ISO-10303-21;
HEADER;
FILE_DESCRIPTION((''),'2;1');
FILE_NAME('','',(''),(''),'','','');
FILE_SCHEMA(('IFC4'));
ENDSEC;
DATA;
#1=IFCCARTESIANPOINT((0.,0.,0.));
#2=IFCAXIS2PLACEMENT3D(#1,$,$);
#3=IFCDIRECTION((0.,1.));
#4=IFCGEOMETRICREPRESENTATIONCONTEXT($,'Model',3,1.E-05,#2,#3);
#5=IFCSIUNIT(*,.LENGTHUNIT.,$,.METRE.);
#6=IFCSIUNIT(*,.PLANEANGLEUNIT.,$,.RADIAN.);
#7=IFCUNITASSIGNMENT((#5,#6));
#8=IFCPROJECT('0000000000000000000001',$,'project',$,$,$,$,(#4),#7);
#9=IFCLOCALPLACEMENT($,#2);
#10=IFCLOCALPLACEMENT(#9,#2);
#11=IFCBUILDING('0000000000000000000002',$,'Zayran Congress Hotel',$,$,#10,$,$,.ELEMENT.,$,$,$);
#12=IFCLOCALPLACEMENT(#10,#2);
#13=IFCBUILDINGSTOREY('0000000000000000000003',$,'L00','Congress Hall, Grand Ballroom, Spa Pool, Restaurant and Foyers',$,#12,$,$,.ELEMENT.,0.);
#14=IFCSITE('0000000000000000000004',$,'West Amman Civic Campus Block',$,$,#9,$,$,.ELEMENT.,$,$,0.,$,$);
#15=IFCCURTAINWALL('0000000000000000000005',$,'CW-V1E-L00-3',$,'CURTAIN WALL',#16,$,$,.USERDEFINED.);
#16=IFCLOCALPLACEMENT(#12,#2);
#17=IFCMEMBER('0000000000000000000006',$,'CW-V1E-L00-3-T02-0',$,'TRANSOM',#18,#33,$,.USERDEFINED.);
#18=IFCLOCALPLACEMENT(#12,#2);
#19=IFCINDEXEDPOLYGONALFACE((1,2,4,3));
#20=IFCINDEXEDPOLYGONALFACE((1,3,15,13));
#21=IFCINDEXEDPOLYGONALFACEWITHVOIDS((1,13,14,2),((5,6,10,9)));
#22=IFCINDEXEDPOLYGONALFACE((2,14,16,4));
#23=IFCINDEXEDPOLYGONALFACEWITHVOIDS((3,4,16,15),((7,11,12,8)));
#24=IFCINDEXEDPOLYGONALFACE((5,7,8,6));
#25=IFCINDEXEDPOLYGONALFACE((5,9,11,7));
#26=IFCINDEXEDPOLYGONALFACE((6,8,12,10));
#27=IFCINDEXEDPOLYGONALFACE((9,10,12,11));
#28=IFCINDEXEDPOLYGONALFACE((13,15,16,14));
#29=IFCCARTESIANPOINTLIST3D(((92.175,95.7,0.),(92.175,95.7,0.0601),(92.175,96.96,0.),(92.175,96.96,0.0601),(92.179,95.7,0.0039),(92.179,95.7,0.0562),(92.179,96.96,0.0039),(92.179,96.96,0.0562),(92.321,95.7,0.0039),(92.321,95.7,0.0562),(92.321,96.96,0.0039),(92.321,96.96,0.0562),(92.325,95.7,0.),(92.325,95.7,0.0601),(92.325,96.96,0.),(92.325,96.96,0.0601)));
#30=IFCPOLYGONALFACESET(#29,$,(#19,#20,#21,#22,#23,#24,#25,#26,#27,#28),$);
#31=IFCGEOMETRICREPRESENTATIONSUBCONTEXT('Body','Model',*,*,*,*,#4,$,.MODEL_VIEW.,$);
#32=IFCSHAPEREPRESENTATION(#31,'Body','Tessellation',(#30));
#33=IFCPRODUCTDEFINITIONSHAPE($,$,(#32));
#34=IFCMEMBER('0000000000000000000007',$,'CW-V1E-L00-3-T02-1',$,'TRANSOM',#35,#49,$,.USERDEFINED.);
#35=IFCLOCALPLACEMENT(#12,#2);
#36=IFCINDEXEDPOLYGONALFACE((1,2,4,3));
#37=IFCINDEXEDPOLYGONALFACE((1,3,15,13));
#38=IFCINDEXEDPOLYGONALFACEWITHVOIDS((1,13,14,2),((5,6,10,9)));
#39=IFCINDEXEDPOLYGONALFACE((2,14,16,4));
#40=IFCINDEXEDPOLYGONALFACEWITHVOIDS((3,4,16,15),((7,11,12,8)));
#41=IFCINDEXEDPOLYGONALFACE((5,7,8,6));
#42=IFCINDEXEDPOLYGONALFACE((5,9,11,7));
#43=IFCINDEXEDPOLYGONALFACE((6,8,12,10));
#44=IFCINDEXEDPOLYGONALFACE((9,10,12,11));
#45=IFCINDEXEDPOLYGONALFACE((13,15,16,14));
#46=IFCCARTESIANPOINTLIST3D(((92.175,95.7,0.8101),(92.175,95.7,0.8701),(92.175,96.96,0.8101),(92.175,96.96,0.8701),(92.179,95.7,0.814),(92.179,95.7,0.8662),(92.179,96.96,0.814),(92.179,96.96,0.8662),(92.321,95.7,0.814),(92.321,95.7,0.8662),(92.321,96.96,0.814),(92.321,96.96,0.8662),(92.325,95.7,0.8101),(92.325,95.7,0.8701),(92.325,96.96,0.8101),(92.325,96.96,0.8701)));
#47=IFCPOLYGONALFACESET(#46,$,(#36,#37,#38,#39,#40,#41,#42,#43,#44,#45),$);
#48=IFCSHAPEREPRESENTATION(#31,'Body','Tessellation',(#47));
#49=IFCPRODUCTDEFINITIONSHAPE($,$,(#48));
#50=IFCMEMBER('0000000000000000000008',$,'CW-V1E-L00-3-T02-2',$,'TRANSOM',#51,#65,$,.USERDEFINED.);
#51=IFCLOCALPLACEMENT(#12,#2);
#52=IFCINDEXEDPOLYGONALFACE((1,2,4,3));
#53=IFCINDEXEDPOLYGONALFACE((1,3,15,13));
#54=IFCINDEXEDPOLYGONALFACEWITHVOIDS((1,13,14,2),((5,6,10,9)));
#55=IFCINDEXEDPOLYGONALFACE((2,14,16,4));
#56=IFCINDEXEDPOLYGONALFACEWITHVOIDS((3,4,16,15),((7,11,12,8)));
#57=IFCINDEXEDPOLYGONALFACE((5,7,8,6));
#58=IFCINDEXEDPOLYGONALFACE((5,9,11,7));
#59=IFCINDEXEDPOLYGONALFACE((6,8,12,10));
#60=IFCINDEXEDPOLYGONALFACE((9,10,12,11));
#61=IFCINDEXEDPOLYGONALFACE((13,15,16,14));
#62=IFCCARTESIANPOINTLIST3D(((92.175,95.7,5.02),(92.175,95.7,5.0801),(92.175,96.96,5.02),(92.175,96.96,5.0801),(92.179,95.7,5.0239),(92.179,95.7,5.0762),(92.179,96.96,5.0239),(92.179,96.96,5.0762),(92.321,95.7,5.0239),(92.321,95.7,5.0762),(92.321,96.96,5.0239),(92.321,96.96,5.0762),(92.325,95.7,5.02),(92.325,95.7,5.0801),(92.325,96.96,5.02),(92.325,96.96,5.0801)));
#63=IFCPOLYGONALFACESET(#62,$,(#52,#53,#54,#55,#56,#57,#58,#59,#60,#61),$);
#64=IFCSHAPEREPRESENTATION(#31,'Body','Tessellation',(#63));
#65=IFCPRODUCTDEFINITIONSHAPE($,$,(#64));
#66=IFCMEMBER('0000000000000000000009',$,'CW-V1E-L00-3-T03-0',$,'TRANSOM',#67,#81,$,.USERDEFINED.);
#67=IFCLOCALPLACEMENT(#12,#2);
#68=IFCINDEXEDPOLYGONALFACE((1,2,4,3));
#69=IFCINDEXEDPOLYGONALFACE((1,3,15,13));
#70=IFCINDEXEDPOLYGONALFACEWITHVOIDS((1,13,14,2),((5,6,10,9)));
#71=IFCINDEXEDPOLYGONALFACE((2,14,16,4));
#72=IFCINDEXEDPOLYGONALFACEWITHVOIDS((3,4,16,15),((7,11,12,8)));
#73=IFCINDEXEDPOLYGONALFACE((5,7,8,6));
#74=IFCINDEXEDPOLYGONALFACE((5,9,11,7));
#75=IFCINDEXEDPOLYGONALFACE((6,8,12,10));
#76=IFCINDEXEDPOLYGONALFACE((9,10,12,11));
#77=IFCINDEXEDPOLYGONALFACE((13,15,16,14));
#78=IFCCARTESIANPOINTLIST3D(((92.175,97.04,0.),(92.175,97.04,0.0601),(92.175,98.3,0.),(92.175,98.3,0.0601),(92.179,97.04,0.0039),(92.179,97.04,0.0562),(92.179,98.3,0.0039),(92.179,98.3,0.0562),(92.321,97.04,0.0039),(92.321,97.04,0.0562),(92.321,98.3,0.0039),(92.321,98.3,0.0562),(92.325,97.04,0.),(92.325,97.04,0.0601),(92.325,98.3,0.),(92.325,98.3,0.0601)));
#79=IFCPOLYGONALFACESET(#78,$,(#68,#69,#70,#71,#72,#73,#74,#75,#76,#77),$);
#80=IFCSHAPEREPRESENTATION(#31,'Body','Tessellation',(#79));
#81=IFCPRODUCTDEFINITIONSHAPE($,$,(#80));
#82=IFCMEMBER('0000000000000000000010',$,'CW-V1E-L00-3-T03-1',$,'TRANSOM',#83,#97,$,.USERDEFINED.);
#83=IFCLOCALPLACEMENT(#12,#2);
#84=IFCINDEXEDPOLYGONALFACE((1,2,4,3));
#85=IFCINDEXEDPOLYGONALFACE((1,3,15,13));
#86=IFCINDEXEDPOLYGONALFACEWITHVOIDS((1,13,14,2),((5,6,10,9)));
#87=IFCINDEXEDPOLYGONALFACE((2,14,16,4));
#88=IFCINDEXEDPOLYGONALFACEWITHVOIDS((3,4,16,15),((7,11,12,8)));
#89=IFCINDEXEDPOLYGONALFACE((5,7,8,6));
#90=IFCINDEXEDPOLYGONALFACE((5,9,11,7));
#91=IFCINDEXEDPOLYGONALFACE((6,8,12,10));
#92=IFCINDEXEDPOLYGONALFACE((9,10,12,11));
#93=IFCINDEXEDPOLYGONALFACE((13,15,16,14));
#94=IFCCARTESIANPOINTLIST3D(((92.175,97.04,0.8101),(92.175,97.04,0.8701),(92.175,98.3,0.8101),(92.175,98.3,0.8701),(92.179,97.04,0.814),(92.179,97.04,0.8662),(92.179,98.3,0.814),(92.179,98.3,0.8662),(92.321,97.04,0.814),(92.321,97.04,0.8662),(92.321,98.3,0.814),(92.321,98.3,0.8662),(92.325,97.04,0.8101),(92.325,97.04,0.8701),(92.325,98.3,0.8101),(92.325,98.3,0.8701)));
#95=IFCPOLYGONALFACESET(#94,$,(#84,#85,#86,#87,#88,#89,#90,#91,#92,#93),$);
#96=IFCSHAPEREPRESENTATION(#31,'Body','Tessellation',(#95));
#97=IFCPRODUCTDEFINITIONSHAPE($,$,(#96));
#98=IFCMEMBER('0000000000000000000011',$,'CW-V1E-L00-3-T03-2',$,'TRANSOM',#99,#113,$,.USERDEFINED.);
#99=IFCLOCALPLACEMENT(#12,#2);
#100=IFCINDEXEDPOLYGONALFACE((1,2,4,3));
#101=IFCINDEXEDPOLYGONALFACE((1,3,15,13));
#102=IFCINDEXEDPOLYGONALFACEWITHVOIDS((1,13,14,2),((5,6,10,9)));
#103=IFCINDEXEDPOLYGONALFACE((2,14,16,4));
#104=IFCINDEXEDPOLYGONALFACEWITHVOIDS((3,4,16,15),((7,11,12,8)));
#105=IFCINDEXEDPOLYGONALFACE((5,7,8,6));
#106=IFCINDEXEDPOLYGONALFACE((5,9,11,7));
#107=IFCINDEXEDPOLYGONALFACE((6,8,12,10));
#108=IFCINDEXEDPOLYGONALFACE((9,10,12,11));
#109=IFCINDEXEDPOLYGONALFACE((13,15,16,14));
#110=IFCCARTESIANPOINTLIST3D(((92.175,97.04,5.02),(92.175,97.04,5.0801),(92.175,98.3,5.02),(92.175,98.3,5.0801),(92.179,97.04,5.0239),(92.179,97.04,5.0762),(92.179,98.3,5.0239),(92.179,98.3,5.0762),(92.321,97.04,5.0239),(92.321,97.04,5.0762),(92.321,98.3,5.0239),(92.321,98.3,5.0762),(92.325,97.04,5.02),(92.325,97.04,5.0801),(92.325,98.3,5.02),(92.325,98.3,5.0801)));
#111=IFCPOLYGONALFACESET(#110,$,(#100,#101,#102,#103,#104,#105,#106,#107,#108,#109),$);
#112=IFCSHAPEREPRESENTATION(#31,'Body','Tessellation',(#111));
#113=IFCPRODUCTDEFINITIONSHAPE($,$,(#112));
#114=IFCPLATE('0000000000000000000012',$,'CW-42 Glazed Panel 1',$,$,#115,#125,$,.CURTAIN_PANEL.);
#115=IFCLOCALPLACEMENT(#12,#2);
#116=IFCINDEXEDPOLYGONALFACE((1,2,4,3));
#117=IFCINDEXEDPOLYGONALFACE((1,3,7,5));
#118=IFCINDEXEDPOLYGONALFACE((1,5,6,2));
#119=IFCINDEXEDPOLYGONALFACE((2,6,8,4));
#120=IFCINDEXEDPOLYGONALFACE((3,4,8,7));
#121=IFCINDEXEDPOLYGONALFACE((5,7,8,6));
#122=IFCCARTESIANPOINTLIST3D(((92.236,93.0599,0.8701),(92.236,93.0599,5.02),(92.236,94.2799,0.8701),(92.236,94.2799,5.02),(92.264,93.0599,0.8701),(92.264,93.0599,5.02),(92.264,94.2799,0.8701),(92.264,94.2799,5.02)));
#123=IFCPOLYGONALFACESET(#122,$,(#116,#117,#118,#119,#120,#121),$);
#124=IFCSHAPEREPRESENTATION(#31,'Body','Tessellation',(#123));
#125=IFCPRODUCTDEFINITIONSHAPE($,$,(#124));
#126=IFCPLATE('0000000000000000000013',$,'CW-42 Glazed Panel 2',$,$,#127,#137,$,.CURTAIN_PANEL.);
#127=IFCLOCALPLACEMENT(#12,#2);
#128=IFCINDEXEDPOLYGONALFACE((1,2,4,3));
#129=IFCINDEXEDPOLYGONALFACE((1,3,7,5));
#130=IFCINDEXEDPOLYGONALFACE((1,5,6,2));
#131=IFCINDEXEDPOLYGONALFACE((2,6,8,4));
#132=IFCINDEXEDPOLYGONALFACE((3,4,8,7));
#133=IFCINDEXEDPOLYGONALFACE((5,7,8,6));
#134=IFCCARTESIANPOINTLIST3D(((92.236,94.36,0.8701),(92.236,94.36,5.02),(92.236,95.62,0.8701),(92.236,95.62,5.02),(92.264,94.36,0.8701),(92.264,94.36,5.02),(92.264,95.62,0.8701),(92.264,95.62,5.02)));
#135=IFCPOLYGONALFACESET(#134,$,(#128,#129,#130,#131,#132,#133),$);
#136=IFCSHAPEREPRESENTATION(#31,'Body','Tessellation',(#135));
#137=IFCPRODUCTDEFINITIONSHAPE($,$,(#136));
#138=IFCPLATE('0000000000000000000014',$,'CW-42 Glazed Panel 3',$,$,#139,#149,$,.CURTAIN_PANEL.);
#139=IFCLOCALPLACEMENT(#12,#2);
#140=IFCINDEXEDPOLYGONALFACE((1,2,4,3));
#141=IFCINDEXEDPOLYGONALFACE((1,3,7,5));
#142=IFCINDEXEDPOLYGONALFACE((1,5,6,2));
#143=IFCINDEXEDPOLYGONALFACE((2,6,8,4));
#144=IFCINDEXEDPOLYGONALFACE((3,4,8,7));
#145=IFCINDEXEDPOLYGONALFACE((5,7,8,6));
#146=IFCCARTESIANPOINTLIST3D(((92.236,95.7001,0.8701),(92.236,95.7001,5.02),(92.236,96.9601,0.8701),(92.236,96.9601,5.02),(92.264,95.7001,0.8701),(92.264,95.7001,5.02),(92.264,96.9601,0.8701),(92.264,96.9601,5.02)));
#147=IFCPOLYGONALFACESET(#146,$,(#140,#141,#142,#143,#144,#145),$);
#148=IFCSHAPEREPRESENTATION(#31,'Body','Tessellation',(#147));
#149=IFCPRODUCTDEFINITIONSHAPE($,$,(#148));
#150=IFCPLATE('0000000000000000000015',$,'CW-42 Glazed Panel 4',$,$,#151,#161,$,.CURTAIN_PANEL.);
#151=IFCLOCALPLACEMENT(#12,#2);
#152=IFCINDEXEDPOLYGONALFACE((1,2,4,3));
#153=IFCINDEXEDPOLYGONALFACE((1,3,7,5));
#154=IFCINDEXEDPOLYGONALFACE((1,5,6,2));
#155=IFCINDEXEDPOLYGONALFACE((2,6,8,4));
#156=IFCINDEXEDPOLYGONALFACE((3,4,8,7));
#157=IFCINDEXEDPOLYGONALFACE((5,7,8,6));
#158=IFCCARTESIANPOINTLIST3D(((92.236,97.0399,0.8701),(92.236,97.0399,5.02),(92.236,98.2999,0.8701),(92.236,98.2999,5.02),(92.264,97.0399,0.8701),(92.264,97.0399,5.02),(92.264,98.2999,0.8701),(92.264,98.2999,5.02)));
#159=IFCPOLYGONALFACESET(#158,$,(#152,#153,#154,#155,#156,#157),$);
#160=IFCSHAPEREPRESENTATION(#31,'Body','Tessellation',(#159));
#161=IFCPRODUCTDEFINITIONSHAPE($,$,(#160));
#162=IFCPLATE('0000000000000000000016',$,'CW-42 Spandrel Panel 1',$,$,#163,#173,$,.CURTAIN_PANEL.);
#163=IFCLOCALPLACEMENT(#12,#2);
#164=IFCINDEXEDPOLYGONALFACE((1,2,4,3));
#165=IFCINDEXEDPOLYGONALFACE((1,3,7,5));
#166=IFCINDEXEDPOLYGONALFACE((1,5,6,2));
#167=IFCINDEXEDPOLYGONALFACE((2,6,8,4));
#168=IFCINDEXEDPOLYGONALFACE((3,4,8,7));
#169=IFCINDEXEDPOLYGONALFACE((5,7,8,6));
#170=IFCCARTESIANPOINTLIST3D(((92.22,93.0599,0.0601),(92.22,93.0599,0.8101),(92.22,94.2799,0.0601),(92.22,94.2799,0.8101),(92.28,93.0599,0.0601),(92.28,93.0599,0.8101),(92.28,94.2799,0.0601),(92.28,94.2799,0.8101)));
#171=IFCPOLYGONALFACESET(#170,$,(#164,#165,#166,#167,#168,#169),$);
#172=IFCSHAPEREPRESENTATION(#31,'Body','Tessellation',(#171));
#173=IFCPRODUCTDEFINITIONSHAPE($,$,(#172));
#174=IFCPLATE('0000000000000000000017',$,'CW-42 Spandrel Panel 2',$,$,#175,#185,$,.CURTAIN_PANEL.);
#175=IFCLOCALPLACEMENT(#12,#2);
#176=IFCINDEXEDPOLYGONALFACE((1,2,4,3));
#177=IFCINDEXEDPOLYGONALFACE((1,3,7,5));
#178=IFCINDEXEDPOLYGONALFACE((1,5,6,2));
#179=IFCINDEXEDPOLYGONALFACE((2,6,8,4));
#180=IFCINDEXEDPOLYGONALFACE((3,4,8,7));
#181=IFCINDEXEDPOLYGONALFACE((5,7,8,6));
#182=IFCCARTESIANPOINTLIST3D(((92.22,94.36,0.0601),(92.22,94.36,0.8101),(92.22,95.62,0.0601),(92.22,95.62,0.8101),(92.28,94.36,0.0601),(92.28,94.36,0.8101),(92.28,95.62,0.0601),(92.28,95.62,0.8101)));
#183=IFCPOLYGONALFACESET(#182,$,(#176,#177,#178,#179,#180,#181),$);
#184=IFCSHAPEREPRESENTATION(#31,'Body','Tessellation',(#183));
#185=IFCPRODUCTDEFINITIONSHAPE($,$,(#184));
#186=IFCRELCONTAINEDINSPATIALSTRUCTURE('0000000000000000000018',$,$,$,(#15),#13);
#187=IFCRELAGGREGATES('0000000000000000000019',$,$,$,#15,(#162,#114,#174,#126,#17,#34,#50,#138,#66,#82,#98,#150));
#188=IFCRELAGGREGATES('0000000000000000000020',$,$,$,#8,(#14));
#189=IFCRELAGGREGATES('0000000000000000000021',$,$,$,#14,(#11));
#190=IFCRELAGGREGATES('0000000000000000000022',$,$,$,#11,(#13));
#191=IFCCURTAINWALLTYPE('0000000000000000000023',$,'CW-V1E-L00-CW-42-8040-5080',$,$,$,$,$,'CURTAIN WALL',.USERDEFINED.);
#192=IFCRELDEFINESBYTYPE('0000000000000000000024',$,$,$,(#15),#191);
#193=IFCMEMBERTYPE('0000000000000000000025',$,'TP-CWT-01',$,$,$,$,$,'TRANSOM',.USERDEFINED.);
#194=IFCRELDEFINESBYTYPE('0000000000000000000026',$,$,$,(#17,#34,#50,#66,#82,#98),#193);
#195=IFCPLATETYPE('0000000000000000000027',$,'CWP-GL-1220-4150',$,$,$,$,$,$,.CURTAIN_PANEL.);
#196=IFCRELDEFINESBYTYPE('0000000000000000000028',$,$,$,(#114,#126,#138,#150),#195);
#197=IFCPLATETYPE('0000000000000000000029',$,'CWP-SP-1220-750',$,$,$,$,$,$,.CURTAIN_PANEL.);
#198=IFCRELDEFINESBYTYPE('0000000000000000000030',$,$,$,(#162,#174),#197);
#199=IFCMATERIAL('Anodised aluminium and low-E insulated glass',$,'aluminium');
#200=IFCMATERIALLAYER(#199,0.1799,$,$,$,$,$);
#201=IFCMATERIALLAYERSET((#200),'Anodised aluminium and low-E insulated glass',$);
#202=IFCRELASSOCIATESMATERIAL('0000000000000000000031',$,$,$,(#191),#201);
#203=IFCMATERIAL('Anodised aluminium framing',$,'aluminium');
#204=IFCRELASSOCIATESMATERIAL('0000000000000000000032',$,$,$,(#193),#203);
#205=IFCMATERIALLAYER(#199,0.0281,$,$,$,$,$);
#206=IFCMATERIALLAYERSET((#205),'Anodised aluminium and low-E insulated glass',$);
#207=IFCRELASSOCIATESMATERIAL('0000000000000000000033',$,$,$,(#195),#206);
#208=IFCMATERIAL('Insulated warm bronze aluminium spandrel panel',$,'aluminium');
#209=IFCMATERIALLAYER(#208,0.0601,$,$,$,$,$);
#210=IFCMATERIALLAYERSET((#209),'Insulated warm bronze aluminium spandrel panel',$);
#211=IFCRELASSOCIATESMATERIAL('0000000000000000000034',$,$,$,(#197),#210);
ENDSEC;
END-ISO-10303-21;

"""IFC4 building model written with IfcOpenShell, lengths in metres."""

from ifc_helpers import new_model, si_unit, direction, frame, origin, origin_2d, place, context, subcontext, project, spatial, rectangle, hollow_rectangle, extrude, material, layer, layer_set, material_profile, profile_set, type_object, element, aggregate, save


model = new_model("IFC4")

# Units and contexts
model_context = context("Model", 3, precision=1e-05, world=origin(), true_north=direction((0.0, 1.0)))
body_context = subcontext(model_context, "Body", "Model", "MODEL_VIEW")
ifc_project = project(units=[si_unit("LENGTHUNIT", "METRE"), si_unit("PLANEANGLEUNIT", "RADIAN")], contexts=[model_context])

# Site, building, storey
site_placement = place(None, origin())
site = spatial("IfcSite", under=ifc_project, at=site_placement, Name="West Amman Civic Campus Block", CompositionType="ELEMENT", RefElevation=0.0)
building_placement = place(site_placement, origin())
building = spatial("IfcBuilding", under=site, at=building_placement, Name="Zayran Congress Hotel", CompositionType="ELEMENT")
storey_placement = place(building_placement, origin())
storey = spatial("IfcBuildingStorey", under=building, at=storey_placement, Name="L00", Description="Congress Hall, Grand Ballroom, Spa Pool, Restaurant and Foyers", CompositionType="ELEMENT", Elevation=0.0)

# Curtain wall, members, plates
ifc_material_1 = material(Name="Anodised aluminium and low-E insulated glass", Category="aluminium")
ifc_layer_1 = layer(ifc_material_1, 0.1799)
ifc_layer_set_1 = layer_set([ifc_layer_1], Name="Anodised aluminium and low-E insulated glass")
curtain_wall_type = type_object("IfcCurtainWallType", Name="CW-V1E-L00-CW-42-8040-5080", ElementType="CURTAIN WALL", PredefinedType="USERDEFINED", material=ifc_layer_set_1)
curtain_wall_placement = place(storey_placement, origin())
curtain_wall = element("IfcCurtainWall", 1, at=curtain_wall_placement, inside=storey, type_object=curtain_wall_type, Name="CW-V1E-L00-3", ObjectType="CURTAIN WALL", PredefinedType="USERDEFINED")
ifc_material_2 = material(Name="Anodised aluminium framing", Category="aluminium")
ifc_material_profile_1 = material_profile(ifc_material_2, hollow_rectangle(XDim=0.0601, YDim=0.1499, WallThickness=0.0039, at=origin_2d()), Name="RHS 150x60x4")
ifc_profile_set_1 = profile_set([ifc_material_profile_1], Name="Anodised aluminium framing")
member_type_1 = type_object("IfcMemberType", Name="TP-CWT-01", ElementType="TRANSOM", PredefinedType="USERDEFINED", material=ifc_profile_set_1)
member_1_placement = place(storey_placement, frame((92.25, 95.7, 0.03), z_axis=(0.0, 1.0, 0.0), x_axis=(0.0, 0.0, 1.0)))
member_1 = element("IfcMember", 2, at=member_1_placement, type_object=member_type_1, Name="CW-V1E-L00-3-T02-0", ObjectType="TRANSOM", PredefinedType="USERDEFINED", context=body_context, shape_type="SweptSolid", body=[
    extrude(hollow_rectangle(XDim=0.0601, YDim=0.1499, WallThickness=0.0039, at=origin_2d()), origin(), (0.0, 0.0, 1.0), 1.26),
])
member_2_placement = place(storey_placement, frame((92.25, 95.7, 0.8401), z_axis=(0.0, 1.0, 0.0), x_axis=(0.0, 0.0, 1.0)))
member_2 = element("IfcMember", 3, at=member_2_placement, type_object=member_type_1, Name="CW-V1E-L00-3-T02-1", ObjectType="TRANSOM", PredefinedType="USERDEFINED", context=body_context, shape_type="SweptSolid", body=[
    extrude(hollow_rectangle(XDim=0.0601, YDim=0.1499, WallThickness=0.0039, at=origin_2d()), origin(), (0.0, 0.0, 1.0), 1.26),
])
member_3_placement = place(storey_placement, frame((92.25, 95.7, 5.05), z_axis=(0.0, 1.0, 0.0), x_axis=(0.0, 0.0, 1.0)))
member_3 = element("IfcMember", 4, at=member_3_placement, type_object=member_type_1, Name="CW-V1E-L00-3-T02-2", ObjectType="TRANSOM", PredefinedType="USERDEFINED", context=body_context, shape_type="SweptSolid", body=[
    extrude(hollow_rectangle(XDim=0.0601, YDim=0.1499, WallThickness=0.0039, at=origin_2d()), origin(), (0.0, 0.0, 1.0), 1.26),
])
member_4_placement = place(storey_placement, frame((92.25, 97.04, 0.03), z_axis=(0.0, 1.0, 0.0), x_axis=(0.0, 0.0, 1.0)))
member_4 = element("IfcMember", 5, at=member_4_placement, type_object=member_type_1, Name="CW-V1E-L00-3-T03-0", ObjectType="TRANSOM", PredefinedType="USERDEFINED", context=body_context, shape_type="SweptSolid", body=[
    extrude(hollow_rectangle(XDim=0.0601, YDim=0.1499, WallThickness=0.0039, at=origin_2d()), origin(), (0.0, 0.0, 1.0), 1.26),
])
member_5_placement = place(storey_placement, frame((92.25, 97.04, 0.8401), z_axis=(0.0, 1.0, 0.0), x_axis=(0.0, 0.0, 1.0)))
member_5 = element("IfcMember", 6, at=member_5_placement, type_object=member_type_1, Name="CW-V1E-L00-3-T03-1", ObjectType="TRANSOM", PredefinedType="USERDEFINED", context=body_context, shape_type="SweptSolid", body=[
    extrude(hollow_rectangle(XDim=0.0601, YDim=0.1499, WallThickness=0.0039, at=origin_2d()), origin(), (0.0, 0.0, 1.0), 1.26),
])
member_6_placement = place(storey_placement, frame((92.25, 97.04, 5.05), z_axis=(0.0, 1.0, 0.0), x_axis=(0.0, 0.0, 1.0)))
member_6 = element("IfcMember", 7, at=member_6_placement, type_object=member_type_1, Name="CW-V1E-L00-3-T03-2", ObjectType="TRANSOM", PredefinedType="USERDEFINED", context=body_context, shape_type="SweptSolid", body=[
    extrude(hollow_rectangle(XDim=0.0601, YDim=0.1499, WallThickness=0.0039, at=origin_2d()), origin(), (0.0, 0.0, 1.0), 1.26),
])
ifc_layer_2 = layer(ifc_material_1, 0.0281)
ifc_layer_set_2 = layer_set([ifc_layer_2], Name="Anodised aluminium and low-E insulated glass")
plate_type_1 = type_object("IfcPlateType", Name="CWP-GL-1220-4150", PredefinedType="CURTAIN_PANEL", material=ifc_layer_set_2)
plate_1_placement = place(storey_placement, frame((92.25, 93.6699, 0.8701), z_axis=(0.0, 0.0, 1.0), x_axis=(0.0, 1.0, 0.0)))
plate_1 = element("IfcPlate", 8, at=plate_1_placement, type_object=plate_type_1, Name="CW-42 Glazed Panel 1", PredefinedType="CURTAIN_PANEL", context=body_context, shape_type="SweptSolid", body=[
    extrude(rectangle(XDim=1.22, YDim=0.0281, at=origin_2d()), origin(), (0.0, 0.0, 1.0), 4.1499),
])
plate_2_placement = place(storey_placement, frame((92.25, 94.99, 0.8701), z_axis=(0.0, 0.0, 1.0), x_axis=(0.0, 1.0, 0.0)))
plate_2 = element("IfcPlate", 9, at=plate_2_placement, type_object=plate_type_1, Name="CW-42 Glazed Panel 2", PredefinedType="CURTAIN_PANEL", context=body_context, shape_type="SweptSolid", body=[
    extrude(rectangle(XDim=1.26, YDim=0.0281, at=origin_2d()), origin(), (0.0, 0.0, 1.0), 4.1499),
])
plate_3_placement = place(storey_placement, frame((92.25, 96.3301, 0.8701), z_axis=(0.0, 0.0, 1.0), x_axis=(0.0, 1.0, 0.0)))
plate_3 = element("IfcPlate", 10, at=plate_3_placement, type_object=plate_type_1, Name="CW-42 Glazed Panel 3", PredefinedType="CURTAIN_PANEL", context=body_context, shape_type="SweptSolid", body=[
    extrude(rectangle(XDim=1.26, YDim=0.0281, at=origin_2d()), origin(), (0.0, 0.0, 1.0), 4.1499),
])
plate_4_placement = place(storey_placement, frame((92.25, 97.6699, 0.8701), z_axis=(0.0, 0.0, 1.0), x_axis=(0.0, 1.0, 0.0)))
plate_4 = element("IfcPlate", 11, at=plate_4_placement, type_object=plate_type_1, Name="CW-42 Glazed Panel 4", PredefinedType="CURTAIN_PANEL", context=body_context, shape_type="SweptSolid", body=[
    extrude(rectangle(XDim=1.26, YDim=0.0281, at=origin_2d()), origin(), (0.0, 0.0, 1.0), 4.1499),
])
ifc_material_3 = material(Name="Insulated warm bronze aluminium spandrel panel", Category="aluminium")
ifc_layer_3 = layer(ifc_material_3, 0.0601)
ifc_layer_set_3 = layer_set([ifc_layer_3], Name="Insulated warm bronze aluminium spandrel panel")
plate_type_2 = type_object("IfcPlateType", Name="CWP-SP-1220-750", PredefinedType="CURTAIN_PANEL", material=ifc_layer_set_3)
plate_5_placement = place(storey_placement, frame((92.25, 93.6699, 0.0601), z_axis=(0.0, 0.0, 1.0), x_axis=(0.0, 1.0, 0.0)))
plate_5 = element("IfcPlate", 12, at=plate_5_placement, type_object=plate_type_2, Name="CW-42 Spandrel Panel 1", PredefinedType="CURTAIN_PANEL", context=body_context, shape_type="SweptSolid", body=[
    extrude(rectangle(XDim=1.22, YDim=0.0601, at=origin_2d()), origin(), (0.0, 0.0, 1.0), 0.75),
])
plate_6_placement = place(storey_placement, frame((92.25, 94.99, 0.0601), z_axis=(0.0, 0.0, 1.0), x_axis=(0.0, 1.0, 0.0)))
plate_6 = element("IfcPlate", 13, at=plate_6_placement, type_object=plate_type_2, Name="CW-42 Spandrel Panel 2", PredefinedType="CURTAIN_PANEL", context=body_context, shape_type="SweptSolid", body=[
    extrude(rectangle(XDim=1.26, YDim=0.0601, at=origin_2d()), origin(), (0.0, 0.0, 1.0), 0.75),
])
aggregate(curtain_wall, [plate_5, plate_1, plate_6, plate_2, member_1, member_2, member_3, plate_3, member_4, member_5, member_6, plate_4])

save(model, "model.ifc")
